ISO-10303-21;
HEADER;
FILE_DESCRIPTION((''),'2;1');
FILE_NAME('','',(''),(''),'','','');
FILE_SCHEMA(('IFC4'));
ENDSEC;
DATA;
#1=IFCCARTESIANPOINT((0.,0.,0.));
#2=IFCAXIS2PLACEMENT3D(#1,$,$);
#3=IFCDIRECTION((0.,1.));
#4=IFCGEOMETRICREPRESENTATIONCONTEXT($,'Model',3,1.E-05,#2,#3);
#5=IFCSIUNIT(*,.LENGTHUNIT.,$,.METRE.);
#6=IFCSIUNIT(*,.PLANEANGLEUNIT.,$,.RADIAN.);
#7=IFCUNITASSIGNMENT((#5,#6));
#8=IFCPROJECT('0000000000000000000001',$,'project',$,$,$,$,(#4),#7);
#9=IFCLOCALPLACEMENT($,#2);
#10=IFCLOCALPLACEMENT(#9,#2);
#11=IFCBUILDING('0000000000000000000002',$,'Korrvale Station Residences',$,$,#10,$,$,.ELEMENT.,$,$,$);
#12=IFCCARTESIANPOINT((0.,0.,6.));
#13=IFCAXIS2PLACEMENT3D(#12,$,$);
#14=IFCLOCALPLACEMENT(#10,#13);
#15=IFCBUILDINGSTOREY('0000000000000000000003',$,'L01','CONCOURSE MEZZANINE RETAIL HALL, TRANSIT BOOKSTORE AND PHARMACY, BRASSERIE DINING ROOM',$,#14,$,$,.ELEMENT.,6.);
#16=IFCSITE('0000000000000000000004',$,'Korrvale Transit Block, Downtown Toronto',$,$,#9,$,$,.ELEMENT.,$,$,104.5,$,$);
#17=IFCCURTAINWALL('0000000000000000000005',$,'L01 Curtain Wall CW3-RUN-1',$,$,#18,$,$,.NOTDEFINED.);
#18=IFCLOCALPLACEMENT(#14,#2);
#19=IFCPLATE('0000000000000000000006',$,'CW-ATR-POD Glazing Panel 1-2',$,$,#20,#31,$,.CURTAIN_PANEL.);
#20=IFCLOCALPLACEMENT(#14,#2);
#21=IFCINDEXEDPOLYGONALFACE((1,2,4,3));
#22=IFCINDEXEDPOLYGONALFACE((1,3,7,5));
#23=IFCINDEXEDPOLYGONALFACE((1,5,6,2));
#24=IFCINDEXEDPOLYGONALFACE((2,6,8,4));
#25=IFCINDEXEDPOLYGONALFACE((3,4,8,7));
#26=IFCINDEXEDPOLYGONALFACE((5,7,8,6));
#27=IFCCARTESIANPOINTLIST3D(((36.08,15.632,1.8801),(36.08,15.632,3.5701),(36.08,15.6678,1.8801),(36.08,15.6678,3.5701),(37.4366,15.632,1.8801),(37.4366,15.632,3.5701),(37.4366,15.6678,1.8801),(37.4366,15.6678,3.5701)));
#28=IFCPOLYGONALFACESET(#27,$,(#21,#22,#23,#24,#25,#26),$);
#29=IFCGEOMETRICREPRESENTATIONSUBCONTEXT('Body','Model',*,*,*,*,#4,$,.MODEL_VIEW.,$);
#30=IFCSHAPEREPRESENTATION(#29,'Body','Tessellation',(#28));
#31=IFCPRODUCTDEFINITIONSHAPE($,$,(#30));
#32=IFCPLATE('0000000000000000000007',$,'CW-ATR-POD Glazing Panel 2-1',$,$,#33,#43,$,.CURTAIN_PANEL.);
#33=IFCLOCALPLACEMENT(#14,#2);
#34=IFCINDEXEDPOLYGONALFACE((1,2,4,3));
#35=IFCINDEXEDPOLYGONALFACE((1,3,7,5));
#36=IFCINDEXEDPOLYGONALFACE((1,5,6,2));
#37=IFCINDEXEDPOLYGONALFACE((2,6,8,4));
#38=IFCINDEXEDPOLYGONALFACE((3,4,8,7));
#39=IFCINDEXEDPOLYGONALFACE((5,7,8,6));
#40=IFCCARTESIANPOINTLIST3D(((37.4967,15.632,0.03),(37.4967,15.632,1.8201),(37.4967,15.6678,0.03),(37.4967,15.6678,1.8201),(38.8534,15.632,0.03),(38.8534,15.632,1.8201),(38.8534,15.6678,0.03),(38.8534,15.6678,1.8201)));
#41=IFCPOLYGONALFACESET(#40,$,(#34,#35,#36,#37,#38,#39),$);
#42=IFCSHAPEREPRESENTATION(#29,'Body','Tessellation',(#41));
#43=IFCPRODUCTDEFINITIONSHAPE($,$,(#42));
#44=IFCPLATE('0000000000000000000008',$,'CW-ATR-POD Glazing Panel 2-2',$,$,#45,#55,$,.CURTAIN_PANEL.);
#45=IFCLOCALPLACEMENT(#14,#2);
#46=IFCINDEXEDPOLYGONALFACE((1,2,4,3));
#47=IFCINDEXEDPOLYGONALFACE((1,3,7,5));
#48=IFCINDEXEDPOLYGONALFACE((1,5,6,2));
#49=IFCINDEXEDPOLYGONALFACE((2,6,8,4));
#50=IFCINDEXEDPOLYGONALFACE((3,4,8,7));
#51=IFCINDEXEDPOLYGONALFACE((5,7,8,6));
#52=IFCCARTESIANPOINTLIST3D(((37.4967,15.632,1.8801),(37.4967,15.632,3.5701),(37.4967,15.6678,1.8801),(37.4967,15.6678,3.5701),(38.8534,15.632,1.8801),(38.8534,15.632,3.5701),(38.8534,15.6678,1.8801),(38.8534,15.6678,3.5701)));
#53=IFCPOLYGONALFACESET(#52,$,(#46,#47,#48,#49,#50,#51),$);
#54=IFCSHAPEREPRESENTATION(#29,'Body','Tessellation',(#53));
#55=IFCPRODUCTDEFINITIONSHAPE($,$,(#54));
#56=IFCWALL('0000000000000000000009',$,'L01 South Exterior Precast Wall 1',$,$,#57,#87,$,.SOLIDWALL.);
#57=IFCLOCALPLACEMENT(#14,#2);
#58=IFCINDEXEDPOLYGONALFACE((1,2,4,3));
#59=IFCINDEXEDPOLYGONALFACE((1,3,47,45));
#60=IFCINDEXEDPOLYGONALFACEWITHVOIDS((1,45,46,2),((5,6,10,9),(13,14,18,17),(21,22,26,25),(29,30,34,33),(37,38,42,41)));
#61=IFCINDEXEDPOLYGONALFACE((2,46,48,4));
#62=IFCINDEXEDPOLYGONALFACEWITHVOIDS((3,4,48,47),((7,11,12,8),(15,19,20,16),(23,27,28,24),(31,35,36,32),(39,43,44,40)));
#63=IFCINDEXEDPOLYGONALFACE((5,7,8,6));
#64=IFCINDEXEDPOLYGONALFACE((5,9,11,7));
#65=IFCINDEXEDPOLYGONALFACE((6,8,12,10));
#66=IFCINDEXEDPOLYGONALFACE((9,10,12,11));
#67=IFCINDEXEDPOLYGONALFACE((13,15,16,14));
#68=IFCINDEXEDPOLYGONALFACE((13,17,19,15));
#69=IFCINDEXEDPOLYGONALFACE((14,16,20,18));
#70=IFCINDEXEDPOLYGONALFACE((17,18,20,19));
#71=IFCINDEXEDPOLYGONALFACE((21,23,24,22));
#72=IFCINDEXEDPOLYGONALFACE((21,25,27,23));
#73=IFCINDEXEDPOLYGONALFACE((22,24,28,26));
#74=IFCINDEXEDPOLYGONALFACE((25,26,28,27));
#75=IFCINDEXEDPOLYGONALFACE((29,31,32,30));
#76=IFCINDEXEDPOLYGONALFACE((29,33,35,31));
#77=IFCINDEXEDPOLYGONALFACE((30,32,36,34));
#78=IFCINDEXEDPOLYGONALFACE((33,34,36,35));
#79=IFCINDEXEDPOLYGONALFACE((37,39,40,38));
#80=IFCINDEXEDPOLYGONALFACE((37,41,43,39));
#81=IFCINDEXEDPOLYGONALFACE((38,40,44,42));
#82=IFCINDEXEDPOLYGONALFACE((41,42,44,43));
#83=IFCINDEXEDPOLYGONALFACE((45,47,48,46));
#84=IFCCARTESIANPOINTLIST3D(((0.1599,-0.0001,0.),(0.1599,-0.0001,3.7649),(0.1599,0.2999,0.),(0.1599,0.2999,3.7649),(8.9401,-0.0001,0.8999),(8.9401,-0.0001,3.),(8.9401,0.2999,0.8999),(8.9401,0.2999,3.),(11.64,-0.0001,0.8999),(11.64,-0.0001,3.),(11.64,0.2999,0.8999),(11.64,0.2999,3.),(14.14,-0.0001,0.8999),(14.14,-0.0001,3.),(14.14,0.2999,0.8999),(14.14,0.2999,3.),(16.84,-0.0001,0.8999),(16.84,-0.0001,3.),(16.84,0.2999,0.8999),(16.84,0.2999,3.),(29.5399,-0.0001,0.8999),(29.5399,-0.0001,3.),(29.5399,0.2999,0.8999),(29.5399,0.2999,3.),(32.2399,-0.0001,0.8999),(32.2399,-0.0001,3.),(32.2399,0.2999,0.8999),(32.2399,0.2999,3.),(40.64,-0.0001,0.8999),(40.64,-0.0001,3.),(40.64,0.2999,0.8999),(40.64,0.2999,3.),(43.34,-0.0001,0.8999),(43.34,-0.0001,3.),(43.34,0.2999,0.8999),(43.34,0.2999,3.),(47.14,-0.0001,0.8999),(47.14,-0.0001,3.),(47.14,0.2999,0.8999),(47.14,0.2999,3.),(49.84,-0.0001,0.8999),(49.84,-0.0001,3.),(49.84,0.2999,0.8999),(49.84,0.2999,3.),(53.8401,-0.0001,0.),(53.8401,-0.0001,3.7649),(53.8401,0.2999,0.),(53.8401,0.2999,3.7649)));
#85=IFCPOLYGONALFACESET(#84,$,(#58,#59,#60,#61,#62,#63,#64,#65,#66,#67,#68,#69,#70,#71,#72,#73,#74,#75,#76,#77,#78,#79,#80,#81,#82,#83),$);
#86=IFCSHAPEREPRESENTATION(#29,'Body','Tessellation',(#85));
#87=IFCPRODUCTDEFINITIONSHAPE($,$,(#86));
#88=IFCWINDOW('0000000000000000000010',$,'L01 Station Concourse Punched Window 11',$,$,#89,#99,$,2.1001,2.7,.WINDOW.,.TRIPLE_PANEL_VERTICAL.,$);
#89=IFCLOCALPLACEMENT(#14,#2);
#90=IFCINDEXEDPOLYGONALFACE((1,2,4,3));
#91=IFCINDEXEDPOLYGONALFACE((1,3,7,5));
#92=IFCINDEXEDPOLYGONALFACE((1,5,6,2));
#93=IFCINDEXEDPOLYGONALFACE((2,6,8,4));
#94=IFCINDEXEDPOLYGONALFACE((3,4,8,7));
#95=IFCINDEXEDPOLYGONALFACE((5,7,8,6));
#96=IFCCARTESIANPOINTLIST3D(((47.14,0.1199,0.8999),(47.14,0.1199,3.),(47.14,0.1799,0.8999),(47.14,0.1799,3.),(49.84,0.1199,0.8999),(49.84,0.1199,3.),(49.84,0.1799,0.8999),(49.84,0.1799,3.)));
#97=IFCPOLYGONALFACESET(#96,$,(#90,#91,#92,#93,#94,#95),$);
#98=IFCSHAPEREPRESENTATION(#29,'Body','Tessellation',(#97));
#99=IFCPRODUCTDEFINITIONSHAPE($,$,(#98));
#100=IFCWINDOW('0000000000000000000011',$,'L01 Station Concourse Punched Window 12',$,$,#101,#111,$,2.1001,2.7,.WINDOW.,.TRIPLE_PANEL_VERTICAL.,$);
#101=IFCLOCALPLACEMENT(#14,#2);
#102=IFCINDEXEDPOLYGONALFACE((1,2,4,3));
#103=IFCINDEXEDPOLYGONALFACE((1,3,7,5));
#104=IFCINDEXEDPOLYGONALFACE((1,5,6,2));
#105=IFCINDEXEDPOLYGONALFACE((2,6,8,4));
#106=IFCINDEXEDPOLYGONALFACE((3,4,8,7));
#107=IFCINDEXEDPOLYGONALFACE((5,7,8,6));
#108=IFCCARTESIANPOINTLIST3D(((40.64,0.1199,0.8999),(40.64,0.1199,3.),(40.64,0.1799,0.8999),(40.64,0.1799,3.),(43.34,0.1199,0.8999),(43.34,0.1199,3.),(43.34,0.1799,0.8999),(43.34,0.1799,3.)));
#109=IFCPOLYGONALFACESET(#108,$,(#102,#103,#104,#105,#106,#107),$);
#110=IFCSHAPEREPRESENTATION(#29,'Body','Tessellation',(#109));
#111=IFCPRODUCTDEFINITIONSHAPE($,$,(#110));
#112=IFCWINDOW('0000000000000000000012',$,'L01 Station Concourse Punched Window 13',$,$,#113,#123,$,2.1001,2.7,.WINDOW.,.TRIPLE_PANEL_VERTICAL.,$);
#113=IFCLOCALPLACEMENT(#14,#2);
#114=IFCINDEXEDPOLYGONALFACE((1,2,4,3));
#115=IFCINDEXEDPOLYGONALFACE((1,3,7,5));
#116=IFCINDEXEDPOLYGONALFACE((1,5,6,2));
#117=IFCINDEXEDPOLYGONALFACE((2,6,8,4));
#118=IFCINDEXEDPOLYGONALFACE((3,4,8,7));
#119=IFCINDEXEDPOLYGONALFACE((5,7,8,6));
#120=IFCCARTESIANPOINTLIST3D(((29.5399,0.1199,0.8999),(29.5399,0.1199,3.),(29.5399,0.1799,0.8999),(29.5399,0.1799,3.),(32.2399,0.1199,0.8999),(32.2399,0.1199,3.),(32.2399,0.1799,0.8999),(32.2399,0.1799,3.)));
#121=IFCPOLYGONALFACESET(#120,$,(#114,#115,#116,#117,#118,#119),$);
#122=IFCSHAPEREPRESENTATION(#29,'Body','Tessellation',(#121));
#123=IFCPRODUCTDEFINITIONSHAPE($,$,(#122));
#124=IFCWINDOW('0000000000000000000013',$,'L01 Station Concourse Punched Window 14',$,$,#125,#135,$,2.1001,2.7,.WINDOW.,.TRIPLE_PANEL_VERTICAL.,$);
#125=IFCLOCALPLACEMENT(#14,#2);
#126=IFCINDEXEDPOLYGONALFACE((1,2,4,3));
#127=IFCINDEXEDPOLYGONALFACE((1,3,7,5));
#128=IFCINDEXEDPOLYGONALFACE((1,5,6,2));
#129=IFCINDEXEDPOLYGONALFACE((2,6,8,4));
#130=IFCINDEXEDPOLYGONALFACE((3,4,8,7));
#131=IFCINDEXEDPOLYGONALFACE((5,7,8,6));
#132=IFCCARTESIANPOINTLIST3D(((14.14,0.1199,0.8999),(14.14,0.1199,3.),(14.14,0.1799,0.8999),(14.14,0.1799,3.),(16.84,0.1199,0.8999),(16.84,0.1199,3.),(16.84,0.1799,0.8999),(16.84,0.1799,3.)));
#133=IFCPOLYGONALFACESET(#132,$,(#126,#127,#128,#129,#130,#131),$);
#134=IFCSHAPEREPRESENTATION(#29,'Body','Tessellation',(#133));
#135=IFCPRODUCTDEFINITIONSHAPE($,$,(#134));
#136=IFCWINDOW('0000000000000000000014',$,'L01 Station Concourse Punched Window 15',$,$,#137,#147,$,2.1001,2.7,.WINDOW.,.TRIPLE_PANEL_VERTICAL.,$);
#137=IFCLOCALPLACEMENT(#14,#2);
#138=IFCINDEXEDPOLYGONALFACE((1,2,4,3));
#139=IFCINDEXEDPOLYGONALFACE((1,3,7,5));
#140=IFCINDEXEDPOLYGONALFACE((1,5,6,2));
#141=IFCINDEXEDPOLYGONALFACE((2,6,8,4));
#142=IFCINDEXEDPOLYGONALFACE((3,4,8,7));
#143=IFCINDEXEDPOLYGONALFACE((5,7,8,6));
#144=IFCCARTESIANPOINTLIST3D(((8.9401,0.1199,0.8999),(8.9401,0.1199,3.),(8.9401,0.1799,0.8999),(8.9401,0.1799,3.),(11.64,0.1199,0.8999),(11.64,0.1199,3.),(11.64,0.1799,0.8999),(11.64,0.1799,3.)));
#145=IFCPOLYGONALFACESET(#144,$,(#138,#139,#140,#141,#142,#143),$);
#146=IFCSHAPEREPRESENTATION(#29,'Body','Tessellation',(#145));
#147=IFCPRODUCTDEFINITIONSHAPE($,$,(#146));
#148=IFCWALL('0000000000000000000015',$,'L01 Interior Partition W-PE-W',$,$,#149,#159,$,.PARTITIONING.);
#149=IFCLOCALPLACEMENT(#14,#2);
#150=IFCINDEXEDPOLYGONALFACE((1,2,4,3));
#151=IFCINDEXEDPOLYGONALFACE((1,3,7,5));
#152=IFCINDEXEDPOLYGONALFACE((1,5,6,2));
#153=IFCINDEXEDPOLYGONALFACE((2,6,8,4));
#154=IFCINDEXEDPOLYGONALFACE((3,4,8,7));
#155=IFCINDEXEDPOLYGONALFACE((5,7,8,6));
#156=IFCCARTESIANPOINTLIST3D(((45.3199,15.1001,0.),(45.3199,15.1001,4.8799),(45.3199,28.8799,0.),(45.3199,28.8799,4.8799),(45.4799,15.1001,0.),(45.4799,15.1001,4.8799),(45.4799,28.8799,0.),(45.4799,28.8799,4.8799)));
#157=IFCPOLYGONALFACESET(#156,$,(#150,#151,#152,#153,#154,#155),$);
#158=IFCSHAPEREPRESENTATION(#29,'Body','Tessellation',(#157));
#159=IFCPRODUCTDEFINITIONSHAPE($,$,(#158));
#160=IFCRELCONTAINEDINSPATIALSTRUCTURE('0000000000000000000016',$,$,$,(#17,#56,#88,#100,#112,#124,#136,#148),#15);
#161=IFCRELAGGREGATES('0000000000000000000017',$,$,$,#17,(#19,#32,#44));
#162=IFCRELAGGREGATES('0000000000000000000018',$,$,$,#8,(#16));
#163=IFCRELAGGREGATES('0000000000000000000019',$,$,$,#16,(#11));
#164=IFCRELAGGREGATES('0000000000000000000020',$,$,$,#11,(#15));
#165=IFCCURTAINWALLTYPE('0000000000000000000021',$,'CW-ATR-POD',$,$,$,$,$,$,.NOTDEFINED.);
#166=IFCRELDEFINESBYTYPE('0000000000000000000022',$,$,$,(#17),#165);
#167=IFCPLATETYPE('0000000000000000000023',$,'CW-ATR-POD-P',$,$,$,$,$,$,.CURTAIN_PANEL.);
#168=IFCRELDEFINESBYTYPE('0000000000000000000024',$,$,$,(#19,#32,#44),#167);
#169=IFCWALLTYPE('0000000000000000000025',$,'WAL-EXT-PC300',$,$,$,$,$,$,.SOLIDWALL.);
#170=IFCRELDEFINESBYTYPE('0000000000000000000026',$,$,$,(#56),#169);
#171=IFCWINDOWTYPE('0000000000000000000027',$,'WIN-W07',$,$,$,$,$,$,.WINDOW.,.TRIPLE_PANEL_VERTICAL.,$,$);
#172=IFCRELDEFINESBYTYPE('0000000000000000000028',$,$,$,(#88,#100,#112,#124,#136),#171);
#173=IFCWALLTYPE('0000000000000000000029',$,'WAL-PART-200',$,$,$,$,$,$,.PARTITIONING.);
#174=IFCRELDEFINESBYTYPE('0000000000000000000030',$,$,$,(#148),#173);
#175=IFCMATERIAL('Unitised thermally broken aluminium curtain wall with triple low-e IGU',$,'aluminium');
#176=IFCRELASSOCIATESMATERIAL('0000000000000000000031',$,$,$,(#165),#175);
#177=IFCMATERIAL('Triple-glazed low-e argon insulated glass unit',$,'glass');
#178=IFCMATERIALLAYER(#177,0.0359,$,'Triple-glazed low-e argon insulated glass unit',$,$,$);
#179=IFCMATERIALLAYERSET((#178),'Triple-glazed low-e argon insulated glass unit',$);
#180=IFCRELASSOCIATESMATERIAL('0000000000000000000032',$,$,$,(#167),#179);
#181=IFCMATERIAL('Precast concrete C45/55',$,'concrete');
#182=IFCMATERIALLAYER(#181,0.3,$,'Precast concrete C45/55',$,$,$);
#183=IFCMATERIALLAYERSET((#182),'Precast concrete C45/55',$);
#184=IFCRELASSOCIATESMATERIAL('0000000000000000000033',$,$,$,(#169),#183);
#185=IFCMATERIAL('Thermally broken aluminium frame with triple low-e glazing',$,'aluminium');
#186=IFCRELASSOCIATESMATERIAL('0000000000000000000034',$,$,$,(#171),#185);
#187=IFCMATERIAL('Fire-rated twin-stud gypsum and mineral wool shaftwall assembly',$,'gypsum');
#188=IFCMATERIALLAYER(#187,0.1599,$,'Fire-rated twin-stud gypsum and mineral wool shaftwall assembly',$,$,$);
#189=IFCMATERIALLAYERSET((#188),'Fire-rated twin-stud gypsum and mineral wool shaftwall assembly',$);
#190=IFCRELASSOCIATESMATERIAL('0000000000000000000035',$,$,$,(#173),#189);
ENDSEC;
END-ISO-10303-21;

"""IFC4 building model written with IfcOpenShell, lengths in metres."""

from ifc_helpers import new_model, si_unit, direction, frame, frame_2d, origin, origin_2d, place, context, subcontext, project, spatial, rectangle, extrude, material, layer, layer_set, type_object, element, fill, aggregate, save


model = new_model("IFC4")

# Units and contexts
model_context = context("Model", 3, precision=1e-05, world=origin(), true_north=direction((0.0, 1.0)))
body_context = subcontext(model_context, "Body", "Model", "MODEL_VIEW")
ifc_project = project(units=[si_unit("LENGTHUNIT", "METRE"), si_unit("PLANEANGLEUNIT", "RADIAN")], contexts=[model_context])

# Site, building, storey
site_placement = place(None, origin())
site = spatial("IfcSite", under=ifc_project, at=site_placement, Name="Korrvale Transit Block, Downtown Toronto", CompositionType="ELEMENT", RefElevation=104.5)
building_placement = place(site_placement, origin())
building = spatial("IfcBuilding", under=site, at=building_placement, Name="Korrvale Station Residences", CompositionType="ELEMENT")
storey_placement = place(building_placement, frame((0.0, 0.0, 6.0)))
storey = spatial("IfcBuildingStorey", under=building, at=storey_placement, Name="L01", Description="CONCOURSE MEZZANINE RETAIL HALL, TRANSIT BOOKSTORE AND PHARMACY, BRASSERIE DINING ROOM", CompositionType="ELEMENT", Elevation=6.0)

# Curtain wall, plates
ifc_material_1 = material(Name="Unitised thermally broken aluminium curtain wall with triple low-e IGU", Category="aluminium")
curtain_wall_type = type_object("IfcCurtainWallType", Name="CW-ATR-POD", PredefinedType="NOTDEFINED", material=ifc_material_1)
curtain_wall_placement = place(storey_placement, origin())
curtain_wall = element("IfcCurtainWall", 1, at=curtain_wall_placement, inside=storey, type_object=curtain_wall_type, Name="L01 Curtain Wall CW3-RUN-1", PredefinedType="NOTDEFINED")
ifc_material_2 = material(Name="Triple-glazed low-e argon insulated glass unit", Category="glass")
ifc_layer_1 = layer(ifc_material_2, 0.0359, Name="Triple-glazed low-e argon insulated glass unit")
ifc_layer_set_1 = layer_set([ifc_layer_1], Name="Triple-glazed low-e argon insulated glass unit")
plate_type = type_object("IfcPlateType", Name="CW-ATR-POD-P", PredefinedType="CURTAIN_PANEL", material=ifc_layer_set_1)
plate_1_placement = place(storey_placement, frame((36.7583, 15.6499, 1.8801), z_axis=(0.0, 0.0, 1.0), x_axis=(1.0, 0.0, 0.0)))
plate_1 = element("IfcPlate", 2, at=plate_1_placement, type_object=plate_type, Name="CW-ATR-POD Glazing Panel 1-2", PredefinedType="CURTAIN_PANEL", context=body_context, shape_type="SweptSolid", body=[
    extrude(rectangle(XDim=1.3567, YDim=0.0359, at=origin_2d()), origin(), (0.0, 0.0, 1.0), 1.6899),
])
plate_2_placement = place(storey_placement, frame((38.175, 15.6499, 0.03), z_axis=(0.0, 0.0, 1.0), x_axis=(1.0, 0.0, 0.0)))
plate_2 = element("IfcPlate", 3, at=plate_2_placement, type_object=plate_type, Name="CW-ATR-POD Glazing Panel 2-1", PredefinedType="CURTAIN_PANEL", context=body_context, shape_type="SweptSolid", body=[
    extrude(rectangle(XDim=1.3567, YDim=0.0359, at=origin_2d()), origin(), (0.0, 0.0, 1.0), 1.79),
])
plate_3_placement = place(storey_placement, frame((38.175, 15.6499, 1.8801), z_axis=(0.0, 0.0, 1.0), x_axis=(1.0, 0.0, 0.0)))
plate_3 = element("IfcPlate", 4, at=plate_3_placement, type_object=plate_type, Name="CW-ATR-POD Glazing Panel 2-2", PredefinedType="CURTAIN_PANEL", context=body_context, shape_type="SweptSolid", body=[
    extrude(rectangle(XDim=1.3567, YDim=0.0359, at=origin_2d()), origin(), (0.0, 0.0, 1.0), 1.6899),
])
aggregate(curtain_wall, [plate_1, plate_2, plate_3])

# Wall, openings, windows
ifc_material_3 = material(Name="Precast concrete C45/55", Category="concrete")
ifc_layer_2 = layer(ifc_material_3, 0.3, Name="Precast concrete C45/55")
ifc_layer_set_2 = layer_set([ifc_layer_2], Name="Precast concrete C45/55")
wall_type_1 = type_object("IfcWallType", Name="WAL-EXT-PC300", PredefinedType="SOLIDWALL", material=ifc_layer_set_2)
wall_1_placement = place(storey_placement, frame((53.8401, 0.1499, 0.0), z_axis=(0.0, 0.0, 1.0), x_axis=(-1.0, 0.0, 0.0)))
wall_1 = element("IfcWall", 5, at=wall_1_placement, inside=storey, type_object=wall_type_1, Name="L01 South Exterior Precast Wall 1", PredefinedType="SOLIDWALL", context=body_context, shape_type="SweptSolid", body=[
    extrude(rectangle(XDim=53.6802, YDim=0.3, at=frame_2d((26.8401, 0.0))), origin(), (0.0, 0.0, 1.0), 3.7649),
])
opening_1_placement = place(wall_1_placement, frame((4.0, 0.0, 0.8999)))
opening_1 = element("IfcOpeningElement", 6, at=opening_1_placement, cuts=wall_1, PredefinedType="OPENING", context=body_context, shape_type="SweptSolid", body=[
    extrude(rectangle(XDim=2.7, YDim=2.1001, at=frame_2d((1.3501, 1.05))), frame((0.0, 0.1602, 0.0), z_axis=(0.0, -1.0, 0.0), x_axis=(1.0, 0.0, 0.0)), (0.0, 0.0, 1.0), 0.3201),
])
opening_2_placement = place(wall_1_placement, frame((10.5, 0.0, 0.8999)))
opening_2 = element("IfcOpeningElement", 7, at=opening_2_placement, cuts=wall_1, PredefinedType="OPENING", context=body_context, shape_type="SweptSolid", body=[
    extrude(rectangle(XDim=2.7, YDim=2.1001, at=frame_2d((1.3501, 1.05))), frame((0.0, 0.1602, 0.0), z_axis=(0.0, -1.0, 0.0), x_axis=(1.0, 0.0, 0.0)), (0.0, 0.0, 1.0), 0.3201),
])
opening_3_placement = place(wall_1_placement, frame((21.6001, 0.0, 0.8999)))
opening_3 = element("IfcOpeningElement", 8, at=opening_3_placement, cuts=wall_1, PredefinedType="OPENING", context=body_context, shape_type="SweptSolid", body=[
    extrude(rectangle(XDim=2.7, YDim=2.1001, at=frame_2d((1.3501, 1.05))), frame((0.0, 0.1602, 0.0), z_axis=(0.0, -1.0, 0.0), x_axis=(1.0, 0.0, 0.0)), (0.0, 0.0, 1.0), 0.3201),
])
opening_4_placement = place(wall_1_placement, frame((37.0, 0.0, 0.8999)))
opening_4 = element("IfcOpeningElement", 9, at=opening_4_placement, cuts=wall_1, PredefinedType="OPENING", context=body_context, shape_type="SweptSolid", body=[
    extrude(rectangle(XDim=2.7, YDim=2.1001, at=frame_2d((1.3501, 1.05))), frame((0.0, 0.1602, 0.0), z_axis=(0.0, -1.0, 0.0), x_axis=(1.0, 0.0, 0.0)), (0.0, 0.0, 1.0), 0.3201),
])
opening_5_placement = place(wall_1_placement, frame((42.2, 0.0, 0.8999)))
opening_5 = element("IfcOpeningElement", 10, at=opening_5_placement, cuts=wall_1, PredefinedType="OPENING", context=body_context, shape_type="SweptSolid", body=[
    extrude(rectangle(XDim=2.7, YDim=2.1001, at=frame_2d((1.3501, 1.05))), frame((0.0, 0.1602, 0.0), z_axis=(0.0, -1.0, 0.0), x_axis=(1.0, 0.0, 0.0)), (0.0, 0.0, 1.0), 0.3201),
])
ifc_material_4 = material(Name="Thermally broken aluminium frame with triple low-e glazing", Category="aluminium")
window_type = type_object("IfcWindowType", Name="WIN-W07", PartitioningType="TRIPLE_PANEL_VERTICAL", PredefinedType="WINDOW", material=ifc_material_4)
window_1_placement = place(opening_1_placement, origin())
window_1 = element("IfcWindow", 11, at=window_1_placement, inside=storey, type_object=window_type, Name="L01 Station Concourse Punched Window 11", OverallHeight=2.1001, OverallWidth=2.7, PartitioningType="TRIPLE_PANEL_VERTICAL", PredefinedType="WINDOW", context=body_context, shape_type="SweptSolid", body=[
    extrude(rectangle(XDim=2.7, YDim=2.1001, at=frame_2d((1.3501, 1.05))), frame((0.0, 0.03, 0.0), z_axis=(0.0, -1.0, 0.0), x_axis=(1.0, 0.0, 0.0)), (0.0, 0.0, 1.0), 0.0601),
])
fill(opening_1, window_1)
window_2_placement = place(opening_2_placement, origin())
window_2 = element("IfcWindow", 12, at=window_2_placement, inside=storey, type_object=window_type, Name="L01 Station Concourse Punched Window 12", OverallHeight=2.1001, OverallWidth=2.7, PartitioningType="TRIPLE_PANEL_VERTICAL", PredefinedType="WINDOW", context=body_context, shape_type="SweptSolid", body=[
    extrude(rectangle(XDim=2.7, YDim=2.1001, at=frame_2d((1.3501, 1.05))), frame((0.0, 0.03, 0.0), z_axis=(0.0, -1.0, 0.0), x_axis=(1.0, 0.0, 0.0)), (0.0, 0.0, 1.0), 0.0601),
])
fill(opening_2, window_2)
window_3_placement = place(opening_3_placement, origin())
window_3 = element("IfcWindow", 13, at=window_3_placement, inside=storey, type_object=window_type, Name="L01 Station Concourse Punched Window 13", OverallHeight=2.1001, OverallWidth=2.7, PartitioningType="TRIPLE_PANEL_VERTICAL", PredefinedType="WINDOW", context=body_context, shape_type="SweptSolid", body=[
    extrude(rectangle(XDim=2.7, YDim=2.1001, at=frame_2d((1.3501, 1.05))), frame((0.0, 0.03, 0.0), z_axis=(0.0, -1.0, 0.0), x_axis=(1.0, 0.0, 0.0)), (0.0, 0.0, 1.0), 0.0601),
])
fill(opening_3, window_3)
window_4_placement = place(opening_4_placement, origin())
window_4 = element("IfcWindow", 14, at=window_4_placement, inside=storey, type_object=window_type, Name="L01 Station Concourse Punched Window 14", OverallHeight=2.1001, OverallWidth=2.7, PartitioningType="TRIPLE_PANEL_VERTICAL", PredefinedType="WINDOW", context=body_context, shape_type="SweptSolid", body=[
    extrude(rectangle(XDim=2.7, YDim=2.1001, at=frame_2d((1.3501, 1.05))), frame((0.0, 0.03, 0.0), z_axis=(0.0, -1.0, 0.0), x_axis=(1.0, 0.0, 0.0)), (0.0, 0.0, 1.0), 0.0601),
])
fill(opening_4, window_4)
window_5_placement = place(opening_5_placement, origin())
window_5 = element("IfcWindow", 15, at=window_5_placement, inside=storey, type_object=window_type, Name="L01 Station Concourse Punched Window 15", OverallHeight=2.1001, OverallWidth=2.7, PartitioningType="TRIPLE_PANEL_VERTICAL", PredefinedType="WINDOW", context=body_context, shape_type="SweptSolid", body=[
    extrude(rectangle(XDim=2.7, YDim=2.1001, at=frame_2d((1.3501, 1.05))), frame((0.0, 0.03, 0.0), z_axis=(0.0, -1.0, 0.0), x_axis=(1.0, 0.0, 0.0)), (0.0, 0.0, 1.0), 0.0601),
])
fill(opening_5, window_5)

# Wall
ifc_material_5 = material(Name="Fire-rated twin-stud gypsum and mineral wool shaftwall assembly", Category="gypsum")
ifc_layer_3 = layer(ifc_material_5, 0.1599, Name="Fire-rated twin-stud gypsum and mineral wool shaftwall assembly")
ifc_layer_set_3 = layer_set([ifc_layer_3], Name="Fire-rated twin-stud gypsum and mineral wool shaftwall assembly")
wall_type_2 = type_object("IfcWallType", Name="WAL-PART-200", PredefinedType="PARTITIONING", material=ifc_layer_set_3)
wall_2_placement = place(storey_placement, frame((45.3999, 15.1001, 0.0), z_axis=(0.0, 0.0, 1.0), x_axis=(0.0, 1.0, 0.0)))
element("IfcWall", 16, at=wall_2_placement, inside=storey, type_object=wall_type_2, Name="L01 Interior Partition W-PE-W", PredefinedType="PARTITIONING", context=body_context, shape_type="SweptSolid", body=[
    extrude(rectangle(XDim=13.7798, YDim=0.1599, at=frame_2d((6.8899, 0.0))), origin(), (0.0, 0.0, 1.0), 4.8799),
])

save(model, "model.ifc")
